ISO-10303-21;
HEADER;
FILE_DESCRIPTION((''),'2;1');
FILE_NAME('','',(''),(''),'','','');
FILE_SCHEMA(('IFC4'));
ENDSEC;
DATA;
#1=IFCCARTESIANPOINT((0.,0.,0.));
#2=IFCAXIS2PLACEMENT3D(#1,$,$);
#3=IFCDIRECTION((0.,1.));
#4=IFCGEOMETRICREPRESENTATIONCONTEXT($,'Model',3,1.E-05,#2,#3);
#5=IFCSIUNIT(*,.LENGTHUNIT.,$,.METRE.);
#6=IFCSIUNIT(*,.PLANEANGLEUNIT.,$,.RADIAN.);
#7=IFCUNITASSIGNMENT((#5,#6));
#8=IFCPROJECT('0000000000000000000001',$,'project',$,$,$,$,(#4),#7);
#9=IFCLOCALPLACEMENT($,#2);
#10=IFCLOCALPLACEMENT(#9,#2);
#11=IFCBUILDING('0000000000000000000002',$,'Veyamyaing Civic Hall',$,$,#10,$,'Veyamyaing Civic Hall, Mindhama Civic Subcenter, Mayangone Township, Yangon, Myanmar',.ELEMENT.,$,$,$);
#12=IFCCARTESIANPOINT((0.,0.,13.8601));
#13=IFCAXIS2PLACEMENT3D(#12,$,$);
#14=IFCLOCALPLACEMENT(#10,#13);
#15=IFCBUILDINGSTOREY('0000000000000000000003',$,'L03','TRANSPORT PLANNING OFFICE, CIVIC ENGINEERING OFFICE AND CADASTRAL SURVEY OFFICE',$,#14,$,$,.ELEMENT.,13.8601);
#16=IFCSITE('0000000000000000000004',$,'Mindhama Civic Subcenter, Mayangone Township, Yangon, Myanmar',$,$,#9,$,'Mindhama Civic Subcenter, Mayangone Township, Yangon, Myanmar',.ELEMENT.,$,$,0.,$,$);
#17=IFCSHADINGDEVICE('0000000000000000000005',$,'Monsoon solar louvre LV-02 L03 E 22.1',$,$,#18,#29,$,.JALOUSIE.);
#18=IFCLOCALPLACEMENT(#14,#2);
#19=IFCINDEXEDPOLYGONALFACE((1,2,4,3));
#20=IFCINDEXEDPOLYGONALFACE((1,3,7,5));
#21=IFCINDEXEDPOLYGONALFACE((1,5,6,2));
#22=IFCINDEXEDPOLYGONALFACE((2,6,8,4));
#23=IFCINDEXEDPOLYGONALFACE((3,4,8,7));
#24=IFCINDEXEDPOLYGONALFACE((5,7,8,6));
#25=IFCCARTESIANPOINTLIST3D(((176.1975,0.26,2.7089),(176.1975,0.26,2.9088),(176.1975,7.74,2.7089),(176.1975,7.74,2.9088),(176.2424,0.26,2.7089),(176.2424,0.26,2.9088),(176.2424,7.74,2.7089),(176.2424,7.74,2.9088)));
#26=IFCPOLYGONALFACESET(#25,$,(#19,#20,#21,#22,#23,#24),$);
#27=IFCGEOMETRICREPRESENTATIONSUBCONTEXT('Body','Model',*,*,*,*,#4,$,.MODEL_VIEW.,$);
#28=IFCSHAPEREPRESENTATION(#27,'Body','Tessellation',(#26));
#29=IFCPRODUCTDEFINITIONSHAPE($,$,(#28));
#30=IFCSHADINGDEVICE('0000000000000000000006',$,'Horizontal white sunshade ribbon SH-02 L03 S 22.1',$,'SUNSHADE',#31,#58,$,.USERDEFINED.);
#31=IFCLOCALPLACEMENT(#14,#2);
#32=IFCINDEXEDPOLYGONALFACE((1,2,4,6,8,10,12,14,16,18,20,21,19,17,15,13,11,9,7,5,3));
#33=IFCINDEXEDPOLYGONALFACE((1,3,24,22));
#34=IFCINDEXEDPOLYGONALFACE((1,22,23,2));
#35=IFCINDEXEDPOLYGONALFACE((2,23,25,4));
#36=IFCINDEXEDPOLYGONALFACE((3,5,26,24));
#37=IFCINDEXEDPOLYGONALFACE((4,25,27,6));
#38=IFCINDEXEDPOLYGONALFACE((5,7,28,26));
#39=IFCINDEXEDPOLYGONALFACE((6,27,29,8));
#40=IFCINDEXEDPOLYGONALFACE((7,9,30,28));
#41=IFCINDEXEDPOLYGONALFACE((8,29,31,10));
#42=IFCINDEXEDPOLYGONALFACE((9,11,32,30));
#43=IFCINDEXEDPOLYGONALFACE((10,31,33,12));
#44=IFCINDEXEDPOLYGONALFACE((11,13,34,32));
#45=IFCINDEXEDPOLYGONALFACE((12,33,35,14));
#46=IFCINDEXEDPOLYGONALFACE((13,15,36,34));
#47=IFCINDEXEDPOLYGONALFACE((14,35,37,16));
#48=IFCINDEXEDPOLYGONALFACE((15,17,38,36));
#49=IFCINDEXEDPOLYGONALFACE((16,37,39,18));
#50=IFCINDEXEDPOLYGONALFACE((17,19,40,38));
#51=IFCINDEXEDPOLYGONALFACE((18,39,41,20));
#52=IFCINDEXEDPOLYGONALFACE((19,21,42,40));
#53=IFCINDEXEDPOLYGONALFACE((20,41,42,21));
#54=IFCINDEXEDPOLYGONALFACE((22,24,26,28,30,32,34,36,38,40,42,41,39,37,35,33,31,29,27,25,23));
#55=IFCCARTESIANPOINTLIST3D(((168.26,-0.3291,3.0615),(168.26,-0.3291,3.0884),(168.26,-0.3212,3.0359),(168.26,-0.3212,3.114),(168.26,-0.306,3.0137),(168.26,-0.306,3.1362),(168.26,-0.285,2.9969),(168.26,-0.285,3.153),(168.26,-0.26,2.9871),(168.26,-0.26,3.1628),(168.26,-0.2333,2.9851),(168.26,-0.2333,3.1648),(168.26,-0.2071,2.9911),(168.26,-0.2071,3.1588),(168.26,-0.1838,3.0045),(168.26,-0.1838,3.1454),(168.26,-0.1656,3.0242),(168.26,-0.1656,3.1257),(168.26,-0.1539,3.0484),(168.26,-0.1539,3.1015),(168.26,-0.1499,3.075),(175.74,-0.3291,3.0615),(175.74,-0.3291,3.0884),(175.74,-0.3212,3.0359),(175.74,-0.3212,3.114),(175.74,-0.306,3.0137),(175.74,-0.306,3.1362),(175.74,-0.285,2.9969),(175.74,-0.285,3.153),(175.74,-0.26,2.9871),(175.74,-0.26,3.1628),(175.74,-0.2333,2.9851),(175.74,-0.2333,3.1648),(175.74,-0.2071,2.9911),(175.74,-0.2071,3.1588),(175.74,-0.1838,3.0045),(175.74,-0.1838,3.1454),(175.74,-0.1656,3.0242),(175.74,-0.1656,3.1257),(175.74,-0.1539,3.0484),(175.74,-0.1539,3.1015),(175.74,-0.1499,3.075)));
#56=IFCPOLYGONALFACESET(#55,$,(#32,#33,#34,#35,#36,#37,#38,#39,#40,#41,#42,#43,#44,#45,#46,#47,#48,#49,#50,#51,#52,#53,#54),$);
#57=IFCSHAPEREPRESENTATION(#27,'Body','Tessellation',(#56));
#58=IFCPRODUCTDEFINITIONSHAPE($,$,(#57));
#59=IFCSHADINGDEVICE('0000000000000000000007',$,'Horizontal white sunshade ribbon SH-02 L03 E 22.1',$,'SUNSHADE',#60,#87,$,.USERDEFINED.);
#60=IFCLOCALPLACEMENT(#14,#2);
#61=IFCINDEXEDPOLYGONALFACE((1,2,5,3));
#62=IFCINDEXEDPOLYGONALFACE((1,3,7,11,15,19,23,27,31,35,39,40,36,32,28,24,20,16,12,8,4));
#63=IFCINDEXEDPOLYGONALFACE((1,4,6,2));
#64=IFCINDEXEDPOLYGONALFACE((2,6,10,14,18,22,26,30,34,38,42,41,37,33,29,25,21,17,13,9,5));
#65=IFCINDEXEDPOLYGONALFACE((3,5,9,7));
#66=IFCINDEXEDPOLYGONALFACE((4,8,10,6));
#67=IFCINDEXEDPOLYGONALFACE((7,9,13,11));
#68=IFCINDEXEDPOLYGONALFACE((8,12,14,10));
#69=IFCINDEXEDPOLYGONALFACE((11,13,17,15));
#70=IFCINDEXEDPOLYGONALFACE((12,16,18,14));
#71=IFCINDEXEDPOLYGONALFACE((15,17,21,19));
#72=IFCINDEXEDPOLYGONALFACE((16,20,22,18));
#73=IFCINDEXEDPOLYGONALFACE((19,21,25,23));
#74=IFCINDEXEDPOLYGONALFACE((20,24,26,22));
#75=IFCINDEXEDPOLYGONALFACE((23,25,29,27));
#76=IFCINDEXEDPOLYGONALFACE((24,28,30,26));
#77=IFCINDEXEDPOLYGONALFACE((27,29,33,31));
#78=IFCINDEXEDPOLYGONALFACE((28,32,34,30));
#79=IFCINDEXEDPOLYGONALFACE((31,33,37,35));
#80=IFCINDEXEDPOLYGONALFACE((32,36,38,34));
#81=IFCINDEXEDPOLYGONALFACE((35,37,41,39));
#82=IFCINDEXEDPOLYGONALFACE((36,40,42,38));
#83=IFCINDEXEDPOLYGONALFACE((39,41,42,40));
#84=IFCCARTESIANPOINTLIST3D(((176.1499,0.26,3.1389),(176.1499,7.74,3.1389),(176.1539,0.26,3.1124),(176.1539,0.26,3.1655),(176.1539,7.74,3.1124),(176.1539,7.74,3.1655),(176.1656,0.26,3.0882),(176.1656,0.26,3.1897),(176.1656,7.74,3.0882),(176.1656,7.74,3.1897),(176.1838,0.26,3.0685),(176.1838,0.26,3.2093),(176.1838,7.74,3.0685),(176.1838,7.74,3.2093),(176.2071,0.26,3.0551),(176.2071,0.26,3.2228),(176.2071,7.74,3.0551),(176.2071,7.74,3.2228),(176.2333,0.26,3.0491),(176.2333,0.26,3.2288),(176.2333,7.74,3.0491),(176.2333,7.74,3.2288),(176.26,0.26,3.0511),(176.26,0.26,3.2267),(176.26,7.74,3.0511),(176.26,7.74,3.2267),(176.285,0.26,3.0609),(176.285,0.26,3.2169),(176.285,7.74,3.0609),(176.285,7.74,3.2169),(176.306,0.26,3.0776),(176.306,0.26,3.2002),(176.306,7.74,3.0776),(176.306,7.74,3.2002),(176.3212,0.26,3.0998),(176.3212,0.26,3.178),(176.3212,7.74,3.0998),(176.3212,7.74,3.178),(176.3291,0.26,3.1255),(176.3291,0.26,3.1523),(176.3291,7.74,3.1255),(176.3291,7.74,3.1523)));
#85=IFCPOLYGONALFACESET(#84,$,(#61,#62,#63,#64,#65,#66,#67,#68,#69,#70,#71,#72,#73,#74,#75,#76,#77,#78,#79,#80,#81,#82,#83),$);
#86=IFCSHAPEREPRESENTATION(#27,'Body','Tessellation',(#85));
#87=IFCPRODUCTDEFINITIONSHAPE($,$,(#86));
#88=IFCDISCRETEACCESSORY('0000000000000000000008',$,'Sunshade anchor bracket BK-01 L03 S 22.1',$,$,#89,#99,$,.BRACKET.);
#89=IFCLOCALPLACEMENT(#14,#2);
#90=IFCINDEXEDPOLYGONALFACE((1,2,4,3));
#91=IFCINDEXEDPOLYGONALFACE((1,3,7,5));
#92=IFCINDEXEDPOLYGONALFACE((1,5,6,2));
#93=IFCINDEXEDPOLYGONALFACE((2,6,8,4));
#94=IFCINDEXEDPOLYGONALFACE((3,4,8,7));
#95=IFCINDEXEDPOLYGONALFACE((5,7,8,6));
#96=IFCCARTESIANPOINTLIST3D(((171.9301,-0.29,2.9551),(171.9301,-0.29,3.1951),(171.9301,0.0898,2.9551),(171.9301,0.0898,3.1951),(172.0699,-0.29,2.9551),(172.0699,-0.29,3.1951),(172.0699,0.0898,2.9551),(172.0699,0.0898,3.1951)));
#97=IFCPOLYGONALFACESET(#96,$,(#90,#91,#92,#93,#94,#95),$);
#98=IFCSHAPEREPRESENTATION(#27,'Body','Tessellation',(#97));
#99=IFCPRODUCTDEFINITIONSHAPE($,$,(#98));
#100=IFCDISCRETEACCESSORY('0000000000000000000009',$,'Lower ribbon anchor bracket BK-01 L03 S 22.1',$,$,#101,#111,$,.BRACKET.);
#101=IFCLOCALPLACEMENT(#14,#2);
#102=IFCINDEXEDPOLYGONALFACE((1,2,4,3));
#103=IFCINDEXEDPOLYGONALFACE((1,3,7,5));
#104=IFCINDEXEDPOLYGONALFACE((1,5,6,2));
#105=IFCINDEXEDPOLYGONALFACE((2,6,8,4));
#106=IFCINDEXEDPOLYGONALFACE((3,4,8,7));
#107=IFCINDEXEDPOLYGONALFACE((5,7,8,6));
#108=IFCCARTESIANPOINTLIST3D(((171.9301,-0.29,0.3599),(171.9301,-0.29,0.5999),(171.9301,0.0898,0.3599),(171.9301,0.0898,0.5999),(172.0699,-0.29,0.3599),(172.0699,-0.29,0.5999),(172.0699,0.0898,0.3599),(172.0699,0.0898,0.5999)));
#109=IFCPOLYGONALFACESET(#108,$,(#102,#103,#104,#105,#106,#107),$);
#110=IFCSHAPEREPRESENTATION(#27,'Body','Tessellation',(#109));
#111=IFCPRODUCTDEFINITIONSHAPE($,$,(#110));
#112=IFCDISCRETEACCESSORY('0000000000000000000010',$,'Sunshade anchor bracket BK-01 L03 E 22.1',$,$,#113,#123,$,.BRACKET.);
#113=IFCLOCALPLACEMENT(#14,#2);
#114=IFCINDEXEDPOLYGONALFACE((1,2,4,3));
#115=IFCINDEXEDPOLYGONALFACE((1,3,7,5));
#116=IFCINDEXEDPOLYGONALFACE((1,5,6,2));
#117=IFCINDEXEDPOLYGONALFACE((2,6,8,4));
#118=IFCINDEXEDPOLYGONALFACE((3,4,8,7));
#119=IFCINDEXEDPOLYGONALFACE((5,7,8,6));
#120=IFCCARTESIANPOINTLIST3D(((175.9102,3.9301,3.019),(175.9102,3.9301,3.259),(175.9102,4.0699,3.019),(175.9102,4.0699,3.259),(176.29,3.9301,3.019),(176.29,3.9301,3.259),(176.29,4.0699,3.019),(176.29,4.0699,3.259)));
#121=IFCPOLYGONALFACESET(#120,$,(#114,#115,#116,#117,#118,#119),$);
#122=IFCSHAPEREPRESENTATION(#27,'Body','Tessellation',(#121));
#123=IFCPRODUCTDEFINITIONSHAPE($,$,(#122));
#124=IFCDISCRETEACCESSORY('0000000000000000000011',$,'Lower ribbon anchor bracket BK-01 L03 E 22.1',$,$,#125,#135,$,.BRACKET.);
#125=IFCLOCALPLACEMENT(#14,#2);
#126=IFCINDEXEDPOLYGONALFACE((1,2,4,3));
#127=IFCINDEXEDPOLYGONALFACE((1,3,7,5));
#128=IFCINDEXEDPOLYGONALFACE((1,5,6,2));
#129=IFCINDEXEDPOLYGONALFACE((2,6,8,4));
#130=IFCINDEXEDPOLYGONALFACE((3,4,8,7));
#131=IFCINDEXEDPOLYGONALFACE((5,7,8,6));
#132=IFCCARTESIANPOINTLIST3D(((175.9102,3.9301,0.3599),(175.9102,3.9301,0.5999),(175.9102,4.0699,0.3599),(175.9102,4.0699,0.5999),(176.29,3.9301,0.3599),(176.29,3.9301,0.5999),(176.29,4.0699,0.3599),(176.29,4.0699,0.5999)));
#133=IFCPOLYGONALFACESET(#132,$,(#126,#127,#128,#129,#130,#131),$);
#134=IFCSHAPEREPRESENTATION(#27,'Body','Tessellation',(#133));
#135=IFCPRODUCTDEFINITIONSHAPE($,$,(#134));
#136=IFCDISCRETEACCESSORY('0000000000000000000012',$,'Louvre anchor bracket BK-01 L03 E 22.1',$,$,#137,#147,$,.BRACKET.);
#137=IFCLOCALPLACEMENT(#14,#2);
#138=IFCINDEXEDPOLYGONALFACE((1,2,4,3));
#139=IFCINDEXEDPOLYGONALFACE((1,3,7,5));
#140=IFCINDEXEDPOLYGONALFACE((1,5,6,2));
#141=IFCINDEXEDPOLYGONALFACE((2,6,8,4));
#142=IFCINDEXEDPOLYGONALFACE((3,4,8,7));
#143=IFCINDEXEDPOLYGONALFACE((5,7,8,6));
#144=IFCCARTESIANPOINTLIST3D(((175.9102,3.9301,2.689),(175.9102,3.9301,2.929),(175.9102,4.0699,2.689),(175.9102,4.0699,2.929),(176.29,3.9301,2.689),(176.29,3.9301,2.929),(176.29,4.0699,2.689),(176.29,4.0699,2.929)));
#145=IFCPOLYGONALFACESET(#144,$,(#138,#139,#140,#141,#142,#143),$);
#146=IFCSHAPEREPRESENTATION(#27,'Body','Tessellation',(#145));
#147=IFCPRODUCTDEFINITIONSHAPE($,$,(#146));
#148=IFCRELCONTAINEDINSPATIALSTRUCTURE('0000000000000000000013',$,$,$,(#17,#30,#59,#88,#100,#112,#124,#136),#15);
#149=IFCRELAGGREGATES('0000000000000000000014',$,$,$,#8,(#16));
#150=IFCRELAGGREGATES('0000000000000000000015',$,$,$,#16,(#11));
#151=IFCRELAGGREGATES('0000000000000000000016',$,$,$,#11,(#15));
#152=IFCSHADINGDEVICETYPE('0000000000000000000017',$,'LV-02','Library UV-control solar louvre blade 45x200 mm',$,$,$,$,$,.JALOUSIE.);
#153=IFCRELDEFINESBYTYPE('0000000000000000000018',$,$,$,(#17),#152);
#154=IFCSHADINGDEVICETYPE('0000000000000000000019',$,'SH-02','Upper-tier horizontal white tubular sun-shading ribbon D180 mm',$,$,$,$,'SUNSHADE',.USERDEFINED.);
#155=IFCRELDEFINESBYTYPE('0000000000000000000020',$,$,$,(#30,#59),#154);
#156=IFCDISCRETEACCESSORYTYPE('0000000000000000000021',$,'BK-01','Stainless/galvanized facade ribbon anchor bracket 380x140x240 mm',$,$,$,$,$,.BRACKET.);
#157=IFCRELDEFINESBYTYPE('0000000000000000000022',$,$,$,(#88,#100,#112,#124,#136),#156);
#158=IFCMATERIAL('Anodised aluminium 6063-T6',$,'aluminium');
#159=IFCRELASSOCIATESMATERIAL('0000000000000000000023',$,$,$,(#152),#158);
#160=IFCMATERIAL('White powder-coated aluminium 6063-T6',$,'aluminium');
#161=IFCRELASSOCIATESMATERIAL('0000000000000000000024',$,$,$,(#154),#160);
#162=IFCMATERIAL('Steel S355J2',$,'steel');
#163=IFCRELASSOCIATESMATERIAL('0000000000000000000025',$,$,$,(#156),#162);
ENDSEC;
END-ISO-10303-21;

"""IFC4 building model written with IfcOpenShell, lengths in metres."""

from ifc_helpers import new_model, si_unit, direction, frame, origin, origin_2d, place, context, subcontext, project, spatial, rectangle, circle, extrude, material, material_profile, profile_set, type_object, element, save


model = new_model("IFC4")

# Units and contexts
model_context = context("Model", 3, precision=1e-05, world=origin(), true_north=direction((0.0, 1.0)))
body_context = subcontext(model_context, "Body", "Model", "MODEL_VIEW")
ifc_project = project(units=[si_unit("LENGTHUNIT", "METRE"), si_unit("PLANEANGLEUNIT", "RADIAN")], contexts=[model_context])

# Site, building, storey
site_placement = place(None, origin())
site = spatial("IfcSite", under=ifc_project, at=site_placement, Name="Mindhama Civic Subcenter, Mayangone Township, Yangon, Myanmar", LongName="Mindhama Civic Subcenter, Mayangone Township, Yangon, Myanmar", CompositionType="ELEMENT", RefElevation=0.0)
building_placement = place(site_placement, origin())
building = spatial("IfcBuilding", under=site, at=building_placement, Name="Veyamyaing Civic Hall", LongName="Veyamyaing Civic Hall, Mindhama Civic Subcenter, Mayangone Township, Yangon, Myanmar", CompositionType="ELEMENT")
storey_placement = place(building_placement, frame((0.0, 0.0, 13.8601)))
storey = spatial("IfcBuildingStorey", under=building, at=storey_placement, Name="L03", Description="TRANSPORT PLANNING OFFICE, CIVIC ENGINEERING OFFICE AND CADASTRAL SURVEY OFFICE", CompositionType="ELEMENT", Elevation=13.8601)

# Shared definitions
ifc_material_1 = material(Name="Anodised aluminium 6063-T6", Category="aluminium")

# Shared definitions
ifc_material_2 = material(Name="Steel S355J2", Category="steel")

# Shared definitions
ifc_material_3 = material(Name="White powder-coated aluminium 6063-T6", Category="aluminium")

# Shading devices
ifc_material_profile_1 = material_profile(ifc_material_1, rectangle(XDim=0.0449, YDim=0.2, at=origin_2d()), Name="LOUVRE-BLADE-45X200")
ifc_profile_set_1 = profile_set([ifc_material_profile_1], Name="Anodised aluminium 6063-T6")
shading_device_type_1 = type_object("IfcShadingDeviceType", Name="LV-02", Description="Library UV-control solar louvre blade 45x200 mm", PredefinedType="JALOUSIE", material=ifc_profile_set_1)
shading_device_placement = place(storey_placement, frame((176.22, 0.26, 2.8088), z_axis=(0.0, 1.0, 0.0), x_axis=(-1.0, 0.0, 0.0)))
element("IfcShadingDevice", 1, at=shading_device_placement, inside=storey, type_object=shading_device_type_1, Name="Monsoon solar louvre LV-02 L03 E 22.1", PredefinedType="JALOUSIE", context=body_context, shape_type="SweptSolid", body=[
    extrude(rectangle(XDim=0.0449, YDim=0.2, at=origin_2d()), origin(), (0.0, 0.0, 1.0), 7.48),
])
ifc_material_profile_2 = material_profile(ifc_material_3, circle(Radius=0.0901, at=origin_2d()), Name="SHADE-TUBE-180")
ifc_profile_set_2 = profile_set([ifc_material_profile_2], Name="White powder-coated aluminium 6063-T6")
shading_device_type_2 = type_object("IfcShadingDeviceType", Name="SH-02", Description="Upper-tier horizontal white tubular sun-shading ribbon D180 mm", ElementType="SUNSHADE", PredefinedType="USERDEFINED", material=ifc_profile_set_2)
for number, where, z_axis, x_axis, name in (
    (2, (168.26, -0.24, 3.075), (1.0, 0.0, 0.0), (0.0, 1.0, 0.0), "Horizontal white sunshade ribbon SH-02 L03 S 22.1"),
    (3, (176.24, 0.26, 3.1389), (0.0, 1.0, 0.0), (-1.0, 0.0, 0.0), "Horizontal white sunshade ribbon SH-02 L03 E 22.1"),
):
    element("IfcShadingDevice", number, at=place(storey_placement, frame(where, z_axis=z_axis, x_axis=x_axis)), inside=storey, type_object=shading_device_type_2, Name=name, ObjectType="SUNSHADE", PredefinedType="USERDEFINED", context=body_context, shape_type="SweptSolid", body=[
        extrude(circle(Radius=0.0901, at=origin_2d()), origin(), (0.0, 0.0, 1.0), 7.48),
    ])

# Discrete accessories
discrete_accessory_type = type_object("IfcDiscreteAccessoryType", Name="BK-01", Description="Stainless/galvanized facade ribbon anchor bracket 380x140x240 mm", PredefinedType="BRACKET", material=ifc_material_2)
for number, where, z_axis, x_axis, name in (
    (4, (172.0, -0.1001, 2.9551), (0.0, 0.0, 1.0), (0.0, -1.0, 0.0), "Sunshade anchor bracket BK-01 L03 S 22.1"),
    (5, (172.0, -0.1001, 0.3599), (0.0, 0.0, 1.0), (0.0, -1.0, 0.0), "Lower ribbon anchor bracket BK-01 L03 S 22.1"),
    (6, (176.1001, 4.0, 3.019), (0.0, 0.0, 1.0), (1.0, 0.0, 0.0), "Sunshade anchor bracket BK-01 L03 E 22.1"),
    (7, (176.1001, 4.0, 0.3599), (0.0, 0.0, 1.0), (1.0, 0.0, 0.0), "Lower ribbon anchor bracket BK-01 L03 E 22.1"),
    (8, (176.1001, 4.0, 2.689), (0.0, 0.0, 1.0), (1.0, 0.0, 0.0), "Louvre anchor bracket BK-01 L03 E 22.1"),
):
    element("IfcDiscreteAccessory", number, at=place(storey_placement, frame(where, z_axis=z_axis, x_axis=x_axis)), inside=storey, type_object=discrete_accessory_type, Name=name, PredefinedType="BRACKET", context=body_context, shape_type="SweptSolid", body=[
        extrude(rectangle(XDim=0.3799, YDim=0.1399, at=origin_2d()), origin(), (0.0, 0.0, 1.0), 0.24),
    ])

save(model, "model.ifc")
